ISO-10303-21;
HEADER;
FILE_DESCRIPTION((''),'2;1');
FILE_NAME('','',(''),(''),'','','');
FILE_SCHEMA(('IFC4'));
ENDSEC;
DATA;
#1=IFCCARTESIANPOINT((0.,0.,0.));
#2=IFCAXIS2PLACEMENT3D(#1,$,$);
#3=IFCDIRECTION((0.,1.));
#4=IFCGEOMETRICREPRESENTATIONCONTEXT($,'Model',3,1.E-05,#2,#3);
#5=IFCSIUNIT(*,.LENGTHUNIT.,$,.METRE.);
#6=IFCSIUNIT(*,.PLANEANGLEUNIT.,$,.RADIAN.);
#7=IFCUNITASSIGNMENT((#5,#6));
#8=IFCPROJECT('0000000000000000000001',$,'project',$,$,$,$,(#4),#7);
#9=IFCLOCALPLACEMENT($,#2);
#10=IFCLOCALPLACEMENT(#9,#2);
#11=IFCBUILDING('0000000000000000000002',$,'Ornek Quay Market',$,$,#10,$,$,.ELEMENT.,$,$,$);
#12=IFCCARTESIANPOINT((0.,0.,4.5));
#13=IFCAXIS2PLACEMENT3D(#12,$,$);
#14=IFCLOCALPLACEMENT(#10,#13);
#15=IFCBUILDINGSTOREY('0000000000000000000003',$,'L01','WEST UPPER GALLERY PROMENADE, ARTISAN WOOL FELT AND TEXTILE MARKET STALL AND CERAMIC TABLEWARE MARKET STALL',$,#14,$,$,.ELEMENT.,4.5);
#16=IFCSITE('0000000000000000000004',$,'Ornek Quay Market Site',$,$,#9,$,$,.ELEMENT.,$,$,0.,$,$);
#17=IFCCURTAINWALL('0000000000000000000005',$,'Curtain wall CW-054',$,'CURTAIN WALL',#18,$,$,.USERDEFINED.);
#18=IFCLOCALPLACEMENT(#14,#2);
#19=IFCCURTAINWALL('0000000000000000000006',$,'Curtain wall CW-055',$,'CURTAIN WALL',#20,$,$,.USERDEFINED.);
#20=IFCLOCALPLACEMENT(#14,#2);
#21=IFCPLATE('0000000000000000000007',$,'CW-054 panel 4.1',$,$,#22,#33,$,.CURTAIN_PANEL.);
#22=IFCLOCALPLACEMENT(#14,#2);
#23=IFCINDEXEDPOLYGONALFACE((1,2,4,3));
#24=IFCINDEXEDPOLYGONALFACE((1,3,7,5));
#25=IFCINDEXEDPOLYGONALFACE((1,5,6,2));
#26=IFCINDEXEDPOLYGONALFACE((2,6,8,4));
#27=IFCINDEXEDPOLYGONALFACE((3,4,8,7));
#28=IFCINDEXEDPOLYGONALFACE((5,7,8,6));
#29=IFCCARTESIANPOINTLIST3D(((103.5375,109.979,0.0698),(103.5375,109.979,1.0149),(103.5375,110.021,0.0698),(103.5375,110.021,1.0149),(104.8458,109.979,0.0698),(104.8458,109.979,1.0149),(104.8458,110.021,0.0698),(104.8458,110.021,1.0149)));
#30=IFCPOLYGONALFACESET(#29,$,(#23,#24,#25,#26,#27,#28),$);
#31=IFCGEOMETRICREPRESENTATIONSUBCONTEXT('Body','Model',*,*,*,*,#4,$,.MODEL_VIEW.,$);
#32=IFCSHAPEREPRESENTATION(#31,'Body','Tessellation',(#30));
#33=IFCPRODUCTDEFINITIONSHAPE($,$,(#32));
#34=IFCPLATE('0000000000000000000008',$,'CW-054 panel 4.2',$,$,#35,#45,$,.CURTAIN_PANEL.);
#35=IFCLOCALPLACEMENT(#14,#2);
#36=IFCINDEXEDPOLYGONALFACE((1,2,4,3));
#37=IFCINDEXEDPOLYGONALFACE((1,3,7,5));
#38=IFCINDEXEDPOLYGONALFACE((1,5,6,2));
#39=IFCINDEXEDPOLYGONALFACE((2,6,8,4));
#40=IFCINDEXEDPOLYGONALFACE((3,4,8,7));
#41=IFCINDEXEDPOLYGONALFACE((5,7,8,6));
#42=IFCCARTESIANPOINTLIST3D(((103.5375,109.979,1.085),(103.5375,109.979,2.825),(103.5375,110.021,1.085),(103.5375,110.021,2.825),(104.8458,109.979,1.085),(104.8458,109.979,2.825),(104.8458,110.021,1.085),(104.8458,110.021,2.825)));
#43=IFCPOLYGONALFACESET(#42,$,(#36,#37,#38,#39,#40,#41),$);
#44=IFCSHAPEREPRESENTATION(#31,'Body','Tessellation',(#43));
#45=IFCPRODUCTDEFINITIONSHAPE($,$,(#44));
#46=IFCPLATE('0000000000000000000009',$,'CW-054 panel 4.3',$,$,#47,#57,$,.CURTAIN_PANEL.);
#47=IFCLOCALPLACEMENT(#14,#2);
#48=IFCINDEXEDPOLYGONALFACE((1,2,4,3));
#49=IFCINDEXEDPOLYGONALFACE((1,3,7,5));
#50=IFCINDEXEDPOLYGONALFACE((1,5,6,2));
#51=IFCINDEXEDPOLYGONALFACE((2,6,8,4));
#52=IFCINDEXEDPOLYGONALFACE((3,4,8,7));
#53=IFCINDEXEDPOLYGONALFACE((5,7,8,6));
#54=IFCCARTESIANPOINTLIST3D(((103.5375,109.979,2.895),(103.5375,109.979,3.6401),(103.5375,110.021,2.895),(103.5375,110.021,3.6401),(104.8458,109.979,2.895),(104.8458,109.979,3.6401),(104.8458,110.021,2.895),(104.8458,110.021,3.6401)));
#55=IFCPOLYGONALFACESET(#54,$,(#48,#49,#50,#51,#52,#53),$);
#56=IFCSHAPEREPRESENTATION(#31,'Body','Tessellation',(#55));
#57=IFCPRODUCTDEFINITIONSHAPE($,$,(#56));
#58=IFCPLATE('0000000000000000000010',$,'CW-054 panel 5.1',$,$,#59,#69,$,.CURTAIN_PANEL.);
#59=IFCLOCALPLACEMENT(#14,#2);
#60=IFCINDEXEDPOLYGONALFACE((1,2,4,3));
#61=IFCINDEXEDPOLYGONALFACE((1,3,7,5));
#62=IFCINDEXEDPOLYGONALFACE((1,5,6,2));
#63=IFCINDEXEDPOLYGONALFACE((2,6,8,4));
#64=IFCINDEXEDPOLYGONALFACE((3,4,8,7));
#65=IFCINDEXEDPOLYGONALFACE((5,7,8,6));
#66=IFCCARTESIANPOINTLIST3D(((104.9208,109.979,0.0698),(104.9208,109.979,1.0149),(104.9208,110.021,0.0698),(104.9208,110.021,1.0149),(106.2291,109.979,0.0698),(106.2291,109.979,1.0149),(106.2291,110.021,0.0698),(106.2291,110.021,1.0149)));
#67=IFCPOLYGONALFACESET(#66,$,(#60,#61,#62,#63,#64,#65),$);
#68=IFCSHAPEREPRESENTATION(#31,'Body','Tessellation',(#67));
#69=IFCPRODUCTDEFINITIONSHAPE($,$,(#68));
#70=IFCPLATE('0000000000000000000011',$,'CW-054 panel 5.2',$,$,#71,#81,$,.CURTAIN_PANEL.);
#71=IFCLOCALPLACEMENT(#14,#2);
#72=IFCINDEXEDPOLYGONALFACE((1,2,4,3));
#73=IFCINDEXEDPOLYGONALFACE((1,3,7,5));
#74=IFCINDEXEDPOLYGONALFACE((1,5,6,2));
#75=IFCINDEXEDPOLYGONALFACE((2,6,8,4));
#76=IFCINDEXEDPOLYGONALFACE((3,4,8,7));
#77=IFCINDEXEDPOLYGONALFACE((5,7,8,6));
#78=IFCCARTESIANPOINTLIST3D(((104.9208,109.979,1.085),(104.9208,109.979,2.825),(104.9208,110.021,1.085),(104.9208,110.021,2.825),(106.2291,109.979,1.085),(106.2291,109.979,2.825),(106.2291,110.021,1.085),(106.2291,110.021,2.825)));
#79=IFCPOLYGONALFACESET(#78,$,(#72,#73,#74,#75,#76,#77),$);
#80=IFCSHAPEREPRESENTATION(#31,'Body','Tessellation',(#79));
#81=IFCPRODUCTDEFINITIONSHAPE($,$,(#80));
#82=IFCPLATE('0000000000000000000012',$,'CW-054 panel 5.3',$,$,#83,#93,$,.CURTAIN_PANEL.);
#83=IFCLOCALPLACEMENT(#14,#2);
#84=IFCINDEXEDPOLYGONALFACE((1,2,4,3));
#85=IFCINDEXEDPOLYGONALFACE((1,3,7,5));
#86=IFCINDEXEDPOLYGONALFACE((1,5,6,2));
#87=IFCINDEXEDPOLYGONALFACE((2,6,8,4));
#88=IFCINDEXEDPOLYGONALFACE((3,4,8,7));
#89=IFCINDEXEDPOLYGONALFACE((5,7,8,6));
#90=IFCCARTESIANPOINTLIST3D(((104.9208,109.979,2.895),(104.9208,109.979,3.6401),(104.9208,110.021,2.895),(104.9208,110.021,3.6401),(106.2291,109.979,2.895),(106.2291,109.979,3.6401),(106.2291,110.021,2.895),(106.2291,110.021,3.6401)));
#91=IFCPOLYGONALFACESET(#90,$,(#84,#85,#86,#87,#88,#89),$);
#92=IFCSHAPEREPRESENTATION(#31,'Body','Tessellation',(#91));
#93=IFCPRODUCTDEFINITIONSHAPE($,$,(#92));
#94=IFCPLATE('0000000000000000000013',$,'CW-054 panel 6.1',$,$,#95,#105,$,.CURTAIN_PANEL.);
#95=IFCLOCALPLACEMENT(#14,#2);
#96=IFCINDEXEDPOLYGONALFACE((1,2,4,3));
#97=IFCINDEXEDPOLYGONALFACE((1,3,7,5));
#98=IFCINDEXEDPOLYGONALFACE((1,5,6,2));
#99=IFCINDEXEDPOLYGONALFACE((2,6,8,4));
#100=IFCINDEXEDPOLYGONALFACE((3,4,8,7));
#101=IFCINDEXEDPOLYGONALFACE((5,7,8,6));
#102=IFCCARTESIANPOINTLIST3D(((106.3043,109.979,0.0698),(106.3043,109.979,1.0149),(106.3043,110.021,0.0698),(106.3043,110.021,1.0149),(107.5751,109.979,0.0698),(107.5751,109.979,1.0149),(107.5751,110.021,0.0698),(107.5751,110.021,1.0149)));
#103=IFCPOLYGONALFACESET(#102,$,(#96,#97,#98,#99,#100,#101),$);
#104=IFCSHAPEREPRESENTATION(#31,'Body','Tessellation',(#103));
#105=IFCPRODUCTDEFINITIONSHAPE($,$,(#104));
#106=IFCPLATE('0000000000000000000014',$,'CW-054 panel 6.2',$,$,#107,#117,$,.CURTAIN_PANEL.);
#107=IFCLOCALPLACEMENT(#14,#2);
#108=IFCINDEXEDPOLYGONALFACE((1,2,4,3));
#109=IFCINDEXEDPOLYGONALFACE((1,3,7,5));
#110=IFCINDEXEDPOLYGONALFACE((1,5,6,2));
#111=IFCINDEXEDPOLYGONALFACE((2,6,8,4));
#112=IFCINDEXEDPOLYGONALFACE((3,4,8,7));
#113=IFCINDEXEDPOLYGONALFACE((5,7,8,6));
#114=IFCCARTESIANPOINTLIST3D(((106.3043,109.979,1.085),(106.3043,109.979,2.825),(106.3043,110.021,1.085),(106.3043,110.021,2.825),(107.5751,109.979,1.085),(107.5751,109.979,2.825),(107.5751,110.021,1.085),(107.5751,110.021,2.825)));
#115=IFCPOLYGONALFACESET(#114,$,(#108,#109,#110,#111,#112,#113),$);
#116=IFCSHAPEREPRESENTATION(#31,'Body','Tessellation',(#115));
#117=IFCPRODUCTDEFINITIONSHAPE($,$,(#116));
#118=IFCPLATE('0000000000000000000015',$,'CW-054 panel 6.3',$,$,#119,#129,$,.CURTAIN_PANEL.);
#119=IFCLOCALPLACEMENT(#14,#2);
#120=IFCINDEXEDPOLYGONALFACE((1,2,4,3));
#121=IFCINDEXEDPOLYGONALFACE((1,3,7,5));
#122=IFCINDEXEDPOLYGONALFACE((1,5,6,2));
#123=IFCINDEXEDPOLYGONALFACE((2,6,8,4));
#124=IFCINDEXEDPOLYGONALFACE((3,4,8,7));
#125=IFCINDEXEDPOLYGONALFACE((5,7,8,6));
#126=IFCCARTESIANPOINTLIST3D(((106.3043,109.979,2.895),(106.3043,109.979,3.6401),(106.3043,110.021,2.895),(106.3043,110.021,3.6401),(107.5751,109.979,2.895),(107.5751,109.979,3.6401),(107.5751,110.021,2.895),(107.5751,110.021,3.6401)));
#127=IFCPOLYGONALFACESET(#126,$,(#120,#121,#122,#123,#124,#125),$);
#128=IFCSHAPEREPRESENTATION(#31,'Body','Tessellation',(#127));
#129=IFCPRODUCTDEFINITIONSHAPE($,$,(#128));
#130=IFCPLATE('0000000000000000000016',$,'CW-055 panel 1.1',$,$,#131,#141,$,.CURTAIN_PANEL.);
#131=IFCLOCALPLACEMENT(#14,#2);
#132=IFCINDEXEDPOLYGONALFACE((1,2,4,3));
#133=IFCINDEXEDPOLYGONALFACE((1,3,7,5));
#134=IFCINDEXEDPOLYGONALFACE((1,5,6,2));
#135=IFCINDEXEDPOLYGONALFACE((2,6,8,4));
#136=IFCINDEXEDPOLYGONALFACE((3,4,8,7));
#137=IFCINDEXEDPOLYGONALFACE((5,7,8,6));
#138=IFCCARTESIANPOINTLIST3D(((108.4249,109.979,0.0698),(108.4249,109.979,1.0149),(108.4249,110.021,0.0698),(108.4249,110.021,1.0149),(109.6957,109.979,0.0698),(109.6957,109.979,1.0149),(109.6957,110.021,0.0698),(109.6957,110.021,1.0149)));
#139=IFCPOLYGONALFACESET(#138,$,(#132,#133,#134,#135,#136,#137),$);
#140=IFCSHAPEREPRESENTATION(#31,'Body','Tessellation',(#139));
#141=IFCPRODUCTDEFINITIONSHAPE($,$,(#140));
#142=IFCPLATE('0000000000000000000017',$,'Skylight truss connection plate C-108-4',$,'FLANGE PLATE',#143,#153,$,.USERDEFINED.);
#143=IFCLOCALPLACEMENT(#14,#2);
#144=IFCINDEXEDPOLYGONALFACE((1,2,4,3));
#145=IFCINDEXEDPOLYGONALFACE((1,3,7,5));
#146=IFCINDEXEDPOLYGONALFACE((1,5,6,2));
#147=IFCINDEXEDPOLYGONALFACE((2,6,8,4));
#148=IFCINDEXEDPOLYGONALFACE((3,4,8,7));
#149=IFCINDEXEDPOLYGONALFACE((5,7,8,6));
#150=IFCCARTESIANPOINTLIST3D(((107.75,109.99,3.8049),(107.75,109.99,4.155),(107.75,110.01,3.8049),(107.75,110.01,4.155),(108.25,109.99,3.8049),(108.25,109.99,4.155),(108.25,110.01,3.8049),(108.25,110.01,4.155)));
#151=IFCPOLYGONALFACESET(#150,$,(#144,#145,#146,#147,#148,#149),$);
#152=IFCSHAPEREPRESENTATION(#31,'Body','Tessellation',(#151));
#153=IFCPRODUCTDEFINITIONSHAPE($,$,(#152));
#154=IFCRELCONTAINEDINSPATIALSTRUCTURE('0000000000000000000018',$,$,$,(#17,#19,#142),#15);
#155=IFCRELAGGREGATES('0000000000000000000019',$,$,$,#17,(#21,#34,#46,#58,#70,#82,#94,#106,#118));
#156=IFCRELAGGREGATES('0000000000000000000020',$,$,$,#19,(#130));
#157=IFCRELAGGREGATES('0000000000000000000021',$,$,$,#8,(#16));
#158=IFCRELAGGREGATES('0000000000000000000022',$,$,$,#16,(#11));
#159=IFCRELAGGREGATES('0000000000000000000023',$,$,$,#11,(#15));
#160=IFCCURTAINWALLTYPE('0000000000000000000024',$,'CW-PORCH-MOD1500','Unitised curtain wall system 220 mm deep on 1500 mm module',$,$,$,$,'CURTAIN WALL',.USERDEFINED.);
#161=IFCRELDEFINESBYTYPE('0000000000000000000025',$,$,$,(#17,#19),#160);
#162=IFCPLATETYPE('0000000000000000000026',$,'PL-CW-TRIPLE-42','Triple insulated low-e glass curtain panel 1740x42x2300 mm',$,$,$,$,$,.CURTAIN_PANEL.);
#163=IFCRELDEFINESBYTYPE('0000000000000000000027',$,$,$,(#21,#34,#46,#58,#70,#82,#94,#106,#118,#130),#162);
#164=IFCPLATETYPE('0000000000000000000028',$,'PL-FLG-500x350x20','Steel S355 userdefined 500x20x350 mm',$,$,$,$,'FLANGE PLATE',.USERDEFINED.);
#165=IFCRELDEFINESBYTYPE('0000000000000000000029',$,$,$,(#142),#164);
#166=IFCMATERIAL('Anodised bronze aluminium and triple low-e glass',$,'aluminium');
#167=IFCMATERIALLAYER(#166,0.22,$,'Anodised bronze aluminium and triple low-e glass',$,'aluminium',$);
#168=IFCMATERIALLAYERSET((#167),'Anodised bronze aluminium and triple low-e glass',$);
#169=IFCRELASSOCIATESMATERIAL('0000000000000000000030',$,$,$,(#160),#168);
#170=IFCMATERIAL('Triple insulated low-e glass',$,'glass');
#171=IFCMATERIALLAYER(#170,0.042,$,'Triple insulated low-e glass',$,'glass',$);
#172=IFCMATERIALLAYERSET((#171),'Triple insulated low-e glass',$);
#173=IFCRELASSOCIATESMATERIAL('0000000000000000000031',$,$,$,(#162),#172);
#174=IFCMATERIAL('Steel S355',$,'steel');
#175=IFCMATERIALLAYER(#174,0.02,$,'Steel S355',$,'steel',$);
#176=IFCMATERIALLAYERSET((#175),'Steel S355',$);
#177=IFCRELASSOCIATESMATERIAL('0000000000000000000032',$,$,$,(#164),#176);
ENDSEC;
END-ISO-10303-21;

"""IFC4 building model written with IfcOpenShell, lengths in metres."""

from ifc_helpers import new_model, si_unit, direction, frame, origin, origin_2d, place, context, subcontext, project, spatial, rectangle, extrude, material, layer, layer_set, type_object, element, aggregate, save


model = new_model("IFC4")

# Units and contexts
model_context = context("Model", 3, precision=1e-05, world=origin(), true_north=direction((0.0, 1.0)))
body_context = subcontext(model_context, "Body", "Model", "MODEL_VIEW")
ifc_project = project(units=[si_unit("LENGTHUNIT", "METRE"), si_unit("PLANEANGLEUNIT", "RADIAN")], contexts=[model_context])

# Site, building, storey
site_placement = place(None, origin())
site = spatial("IfcSite", under=ifc_project, at=site_placement, Name="Ornek Quay Market Site", CompositionType="ELEMENT", RefElevation=0.0)
building_placement = place(site_placement, origin())
building = spatial("IfcBuilding", under=site, at=building_placement, Name="Ornek Quay Market", CompositionType="ELEMENT")
storey_placement = place(building_placement, frame((0.0, 0.0, 4.5)))
storey = spatial("IfcBuildingStorey", under=building, at=storey_placement, Name="L01", Description="WEST UPPER GALLERY PROMENADE, ARTISAN WOOL FELT AND TEXTILE MARKET STALL AND CERAMIC TABLEWARE MARKET STALL", CompositionType="ELEMENT", Elevation=4.5)

# Curtain wall
ifc_material_1 = material(Name="Anodised bronze aluminium and triple low-e glass", Category="aluminium")
ifc_layer_1 = layer(ifc_material_1, 0.22, Name="Anodised bronze aluminium and triple low-e glass", Category="aluminium")
ifc_layer_set_1 = layer_set([ifc_layer_1], Name="Anodised bronze aluminium and triple low-e glass")
curtain_wall_type = type_object("IfcCurtainWallType", Name="CW-PORCH-MOD1500", Description="Unitised curtain wall system 220 mm deep on 1500 mm module", ElementType="CURTAIN WALL", PredefinedType="USERDEFINED", material=ifc_layer_set_1)
curtain_wall_1_placement = place(storey_placement, origin())
curtain_wall_1 = element("IfcCurtainWall", 1, at=curtain_wall_1_placement, inside=storey, type_object=curtain_wall_type, Name="Curtain wall CW-054", ObjectType="CURTAIN WALL", PredefinedType="USERDEFINED")

# Curtain wall
curtain_wall_2_placement = place(storey_placement, origin())
curtain_wall_2 = element("IfcCurtainWall", 2, at=curtain_wall_2_placement, inside=storey, type_object=curtain_wall_type, Name="Curtain wall CW-055", ObjectType="CURTAIN WALL", PredefinedType="USERDEFINED")

# Plates
ifc_material_2 = material(Name="Triple insulated low-e glass", Category="glass")
ifc_layer_2 = layer(ifc_material_2, 0.042, Name="Triple insulated low-e glass", Category="glass")
ifc_layer_set_2 = layer_set([ifc_layer_2], Name="Triple insulated low-e glass")
plate_type_1 = type_object("IfcPlateType", Name="PL-CW-TRIPLE-42", Description="Triple insulated low-e glass curtain panel 1740x42x2300 mm", PredefinedType="CURTAIN_PANEL", material=ifc_layer_set_2)
plate_1_placement = place(storey_placement, frame((104.1917, 110.0, 0.0698), z_axis=(0.0, 0.0, 1.0), x_axis=(1.0, 0.0, 0.0)))
plate_1 = element("IfcPlate", 3, at=plate_1_placement, type_object=plate_type_1, Name="CW-054 panel 4.1", PredefinedType="CURTAIN_PANEL", context=body_context, shape_type="SweptSolid", body=[
    extrude(rectangle(XDim=1.3083, YDim=0.042, at=origin_2d()), origin(), (0.0, 0.0, 1.0), 0.9451),
])
plate_2_placement = place(storey_placement, frame((104.1917, 110.0, 1.085), z_axis=(0.0, 0.0, 1.0), x_axis=(1.0, 0.0, 0.0)))
plate_2 = element("IfcPlate", 4, at=plate_2_placement, type_object=plate_type_1, Name="CW-054 panel 4.2", PredefinedType="CURTAIN_PANEL", context=body_context, shape_type="SweptSolid", body=[
    extrude(rectangle(XDim=1.3083, YDim=0.042, at=origin_2d()), origin(), (0.0, 0.0, 1.0), 1.74),
])
plate_3_placement = place(storey_placement, frame((104.1917, 110.0, 2.895), z_axis=(0.0, 0.0, 1.0), x_axis=(1.0, 0.0, 0.0)))
plate_3 = element("IfcPlate", 5, at=plate_3_placement, type_object=plate_type_1, Name="CW-054 panel 4.3", PredefinedType="CURTAIN_PANEL", context=body_context, shape_type="SweptSolid", body=[
    extrude(rectangle(XDim=1.3083, YDim=0.042, at=origin_2d()), origin(), (0.0, 0.0, 1.0), 0.7451),
])
plate_4_placement = place(storey_placement, frame((105.575, 110.0, 0.0698), z_axis=(0.0, 0.0, 1.0), x_axis=(1.0, 0.0, 0.0)))
plate_4 = element("IfcPlate", 6, at=plate_4_placement, type_object=plate_type_1, Name="CW-054 panel 5.1", PredefinedType="CURTAIN_PANEL", context=body_context, shape_type="SweptSolid", body=[
    extrude(rectangle(XDim=1.3083, YDim=0.042, at=origin_2d()), origin(), (0.0, 0.0, 1.0), 0.9451),
])
plate_5_placement = place(storey_placement, frame((105.575, 110.0, 1.085), z_axis=(0.0, 0.0, 1.0), x_axis=(1.0, 0.0, 0.0)))
plate_5 = element("IfcPlate", 7, at=plate_5_placement, type_object=plate_type_1, Name="CW-054 panel 5.2", PredefinedType="CURTAIN_PANEL", context=body_context, shape_type="SweptSolid", body=[
    extrude(rectangle(XDim=1.3083, YDim=0.042, at=origin_2d()), origin(), (0.0, 0.0, 1.0), 1.74),
])
plate_6_placement = place(storey_placement, frame((105.575, 110.0, 2.895), z_axis=(0.0, 0.0, 1.0), x_axis=(1.0, 0.0, 0.0)))
plate_6 = element("IfcPlate", 8, at=plate_6_placement, type_object=plate_type_1, Name="CW-054 panel 5.3", PredefinedType="CURTAIN_PANEL", context=body_context, shape_type="SweptSolid", body=[
    extrude(rectangle(XDim=1.3083, YDim=0.042, at=origin_2d()), origin(), (0.0, 0.0, 1.0), 0.7451),
])
plate_7_placement = place(storey_placement, frame((106.9397, 110.0, 0.0698), z_axis=(0.0, 0.0, 1.0), x_axis=(1.0, 0.0, 0.0)))
plate_7 = element("IfcPlate", 9, at=plate_7_placement, type_object=plate_type_1, Name="CW-054 panel 6.1", PredefinedType="CURTAIN_PANEL", context=body_context, shape_type="SweptSolid", body=[
    extrude(rectangle(XDim=1.2708, YDim=0.042, at=origin_2d()), origin(), (0.0, 0.0, 1.0), 0.9451),
])
plate_8_placement = place(storey_placement, frame((106.9397, 110.0, 1.085), z_axis=(0.0, 0.0, 1.0), x_axis=(1.0, 0.0, 0.0)))
plate_8 = element("IfcPlate", 10, at=plate_8_placement, type_object=plate_type_1, Name="CW-054 panel 6.2", PredefinedType="CURTAIN_PANEL", context=body_context, shape_type="SweptSolid", body=[
    extrude(rectangle(XDim=1.2708, YDim=0.042, at=origin_2d()), origin(), (0.0, 0.0, 1.0), 1.74),
])
plate_9_placement = place(storey_placement, frame((106.9397, 110.0, 2.895), z_axis=(0.0, 0.0, 1.0), x_axis=(1.0, 0.0, 0.0)))
plate_9 = element("IfcPlate", 11, at=plate_9_placement, type_object=plate_type_1, Name="CW-054 panel 6.3", PredefinedType="CURTAIN_PANEL", context=body_context, shape_type="SweptSolid", body=[
    extrude(rectangle(XDim=1.2708, YDim=0.042, at=origin_2d()), origin(), (0.0, 0.0, 1.0), 0.7451),
])
aggregate(curtain_wall_1, [plate_1, plate_2, plate_3, plate_4, plate_5, plate_6, plate_7, plate_8, plate_9])
plate_10_placement = place(storey_placement, frame((109.0603, 110.0, 0.0698), z_axis=(0.0, 0.0, 1.0), x_axis=(1.0, 0.0, 0.0)))
plate_10 = element("IfcPlate", 12, at=plate_10_placement, type_object=plate_type_1, Name="CW-055 panel 1.1", PredefinedType="CURTAIN_PANEL", context=body_context, shape_type="SweptSolid", body=[
    extrude(rectangle(XDim=1.2708, YDim=0.042, at=origin_2d()), origin(), (0.0, 0.0, 1.0), 0.9451),
])
aggregate(curtain_wall_2, [plate_10])
ifc_material_3 = material(Name="Steel S355", Category="steel")
ifc_layer_3 = layer(ifc_material_3, 0.02, Name="Steel S355", Category="steel")
ifc_layer_set_3 = layer_set([ifc_layer_3], Name="Steel S355")
plate_type_2 = type_object("IfcPlateType", Name="PL-FLG-500x350x20", Description="Steel S355 userdefined 500x20x350 mm", ElementType="FLANGE PLATE", PredefinedType="USERDEFINED", material=ifc_layer_set_3)
plate_11_placement = place(storey_placement, frame((108.0, 110.0, 3.8049), z_axis=(0.0, 0.0, 1.0), x_axis=(1.0, 0.0, 0.0)))
element("IfcPlate", 13, at=plate_11_placement, inside=storey, type_object=plate_type_2, Name="Skylight truss connection plate C-108-4", ObjectType="FLANGE PLATE", PredefinedType="USERDEFINED", context=body_context, shape_type="SweptSolid", body=[
    extrude(rectangle(XDim=0.5, YDim=0.02, at=origin_2d()), origin(), (0.0, 0.0, 1.0), 0.3501),
])

save(model, "model.ifc")
